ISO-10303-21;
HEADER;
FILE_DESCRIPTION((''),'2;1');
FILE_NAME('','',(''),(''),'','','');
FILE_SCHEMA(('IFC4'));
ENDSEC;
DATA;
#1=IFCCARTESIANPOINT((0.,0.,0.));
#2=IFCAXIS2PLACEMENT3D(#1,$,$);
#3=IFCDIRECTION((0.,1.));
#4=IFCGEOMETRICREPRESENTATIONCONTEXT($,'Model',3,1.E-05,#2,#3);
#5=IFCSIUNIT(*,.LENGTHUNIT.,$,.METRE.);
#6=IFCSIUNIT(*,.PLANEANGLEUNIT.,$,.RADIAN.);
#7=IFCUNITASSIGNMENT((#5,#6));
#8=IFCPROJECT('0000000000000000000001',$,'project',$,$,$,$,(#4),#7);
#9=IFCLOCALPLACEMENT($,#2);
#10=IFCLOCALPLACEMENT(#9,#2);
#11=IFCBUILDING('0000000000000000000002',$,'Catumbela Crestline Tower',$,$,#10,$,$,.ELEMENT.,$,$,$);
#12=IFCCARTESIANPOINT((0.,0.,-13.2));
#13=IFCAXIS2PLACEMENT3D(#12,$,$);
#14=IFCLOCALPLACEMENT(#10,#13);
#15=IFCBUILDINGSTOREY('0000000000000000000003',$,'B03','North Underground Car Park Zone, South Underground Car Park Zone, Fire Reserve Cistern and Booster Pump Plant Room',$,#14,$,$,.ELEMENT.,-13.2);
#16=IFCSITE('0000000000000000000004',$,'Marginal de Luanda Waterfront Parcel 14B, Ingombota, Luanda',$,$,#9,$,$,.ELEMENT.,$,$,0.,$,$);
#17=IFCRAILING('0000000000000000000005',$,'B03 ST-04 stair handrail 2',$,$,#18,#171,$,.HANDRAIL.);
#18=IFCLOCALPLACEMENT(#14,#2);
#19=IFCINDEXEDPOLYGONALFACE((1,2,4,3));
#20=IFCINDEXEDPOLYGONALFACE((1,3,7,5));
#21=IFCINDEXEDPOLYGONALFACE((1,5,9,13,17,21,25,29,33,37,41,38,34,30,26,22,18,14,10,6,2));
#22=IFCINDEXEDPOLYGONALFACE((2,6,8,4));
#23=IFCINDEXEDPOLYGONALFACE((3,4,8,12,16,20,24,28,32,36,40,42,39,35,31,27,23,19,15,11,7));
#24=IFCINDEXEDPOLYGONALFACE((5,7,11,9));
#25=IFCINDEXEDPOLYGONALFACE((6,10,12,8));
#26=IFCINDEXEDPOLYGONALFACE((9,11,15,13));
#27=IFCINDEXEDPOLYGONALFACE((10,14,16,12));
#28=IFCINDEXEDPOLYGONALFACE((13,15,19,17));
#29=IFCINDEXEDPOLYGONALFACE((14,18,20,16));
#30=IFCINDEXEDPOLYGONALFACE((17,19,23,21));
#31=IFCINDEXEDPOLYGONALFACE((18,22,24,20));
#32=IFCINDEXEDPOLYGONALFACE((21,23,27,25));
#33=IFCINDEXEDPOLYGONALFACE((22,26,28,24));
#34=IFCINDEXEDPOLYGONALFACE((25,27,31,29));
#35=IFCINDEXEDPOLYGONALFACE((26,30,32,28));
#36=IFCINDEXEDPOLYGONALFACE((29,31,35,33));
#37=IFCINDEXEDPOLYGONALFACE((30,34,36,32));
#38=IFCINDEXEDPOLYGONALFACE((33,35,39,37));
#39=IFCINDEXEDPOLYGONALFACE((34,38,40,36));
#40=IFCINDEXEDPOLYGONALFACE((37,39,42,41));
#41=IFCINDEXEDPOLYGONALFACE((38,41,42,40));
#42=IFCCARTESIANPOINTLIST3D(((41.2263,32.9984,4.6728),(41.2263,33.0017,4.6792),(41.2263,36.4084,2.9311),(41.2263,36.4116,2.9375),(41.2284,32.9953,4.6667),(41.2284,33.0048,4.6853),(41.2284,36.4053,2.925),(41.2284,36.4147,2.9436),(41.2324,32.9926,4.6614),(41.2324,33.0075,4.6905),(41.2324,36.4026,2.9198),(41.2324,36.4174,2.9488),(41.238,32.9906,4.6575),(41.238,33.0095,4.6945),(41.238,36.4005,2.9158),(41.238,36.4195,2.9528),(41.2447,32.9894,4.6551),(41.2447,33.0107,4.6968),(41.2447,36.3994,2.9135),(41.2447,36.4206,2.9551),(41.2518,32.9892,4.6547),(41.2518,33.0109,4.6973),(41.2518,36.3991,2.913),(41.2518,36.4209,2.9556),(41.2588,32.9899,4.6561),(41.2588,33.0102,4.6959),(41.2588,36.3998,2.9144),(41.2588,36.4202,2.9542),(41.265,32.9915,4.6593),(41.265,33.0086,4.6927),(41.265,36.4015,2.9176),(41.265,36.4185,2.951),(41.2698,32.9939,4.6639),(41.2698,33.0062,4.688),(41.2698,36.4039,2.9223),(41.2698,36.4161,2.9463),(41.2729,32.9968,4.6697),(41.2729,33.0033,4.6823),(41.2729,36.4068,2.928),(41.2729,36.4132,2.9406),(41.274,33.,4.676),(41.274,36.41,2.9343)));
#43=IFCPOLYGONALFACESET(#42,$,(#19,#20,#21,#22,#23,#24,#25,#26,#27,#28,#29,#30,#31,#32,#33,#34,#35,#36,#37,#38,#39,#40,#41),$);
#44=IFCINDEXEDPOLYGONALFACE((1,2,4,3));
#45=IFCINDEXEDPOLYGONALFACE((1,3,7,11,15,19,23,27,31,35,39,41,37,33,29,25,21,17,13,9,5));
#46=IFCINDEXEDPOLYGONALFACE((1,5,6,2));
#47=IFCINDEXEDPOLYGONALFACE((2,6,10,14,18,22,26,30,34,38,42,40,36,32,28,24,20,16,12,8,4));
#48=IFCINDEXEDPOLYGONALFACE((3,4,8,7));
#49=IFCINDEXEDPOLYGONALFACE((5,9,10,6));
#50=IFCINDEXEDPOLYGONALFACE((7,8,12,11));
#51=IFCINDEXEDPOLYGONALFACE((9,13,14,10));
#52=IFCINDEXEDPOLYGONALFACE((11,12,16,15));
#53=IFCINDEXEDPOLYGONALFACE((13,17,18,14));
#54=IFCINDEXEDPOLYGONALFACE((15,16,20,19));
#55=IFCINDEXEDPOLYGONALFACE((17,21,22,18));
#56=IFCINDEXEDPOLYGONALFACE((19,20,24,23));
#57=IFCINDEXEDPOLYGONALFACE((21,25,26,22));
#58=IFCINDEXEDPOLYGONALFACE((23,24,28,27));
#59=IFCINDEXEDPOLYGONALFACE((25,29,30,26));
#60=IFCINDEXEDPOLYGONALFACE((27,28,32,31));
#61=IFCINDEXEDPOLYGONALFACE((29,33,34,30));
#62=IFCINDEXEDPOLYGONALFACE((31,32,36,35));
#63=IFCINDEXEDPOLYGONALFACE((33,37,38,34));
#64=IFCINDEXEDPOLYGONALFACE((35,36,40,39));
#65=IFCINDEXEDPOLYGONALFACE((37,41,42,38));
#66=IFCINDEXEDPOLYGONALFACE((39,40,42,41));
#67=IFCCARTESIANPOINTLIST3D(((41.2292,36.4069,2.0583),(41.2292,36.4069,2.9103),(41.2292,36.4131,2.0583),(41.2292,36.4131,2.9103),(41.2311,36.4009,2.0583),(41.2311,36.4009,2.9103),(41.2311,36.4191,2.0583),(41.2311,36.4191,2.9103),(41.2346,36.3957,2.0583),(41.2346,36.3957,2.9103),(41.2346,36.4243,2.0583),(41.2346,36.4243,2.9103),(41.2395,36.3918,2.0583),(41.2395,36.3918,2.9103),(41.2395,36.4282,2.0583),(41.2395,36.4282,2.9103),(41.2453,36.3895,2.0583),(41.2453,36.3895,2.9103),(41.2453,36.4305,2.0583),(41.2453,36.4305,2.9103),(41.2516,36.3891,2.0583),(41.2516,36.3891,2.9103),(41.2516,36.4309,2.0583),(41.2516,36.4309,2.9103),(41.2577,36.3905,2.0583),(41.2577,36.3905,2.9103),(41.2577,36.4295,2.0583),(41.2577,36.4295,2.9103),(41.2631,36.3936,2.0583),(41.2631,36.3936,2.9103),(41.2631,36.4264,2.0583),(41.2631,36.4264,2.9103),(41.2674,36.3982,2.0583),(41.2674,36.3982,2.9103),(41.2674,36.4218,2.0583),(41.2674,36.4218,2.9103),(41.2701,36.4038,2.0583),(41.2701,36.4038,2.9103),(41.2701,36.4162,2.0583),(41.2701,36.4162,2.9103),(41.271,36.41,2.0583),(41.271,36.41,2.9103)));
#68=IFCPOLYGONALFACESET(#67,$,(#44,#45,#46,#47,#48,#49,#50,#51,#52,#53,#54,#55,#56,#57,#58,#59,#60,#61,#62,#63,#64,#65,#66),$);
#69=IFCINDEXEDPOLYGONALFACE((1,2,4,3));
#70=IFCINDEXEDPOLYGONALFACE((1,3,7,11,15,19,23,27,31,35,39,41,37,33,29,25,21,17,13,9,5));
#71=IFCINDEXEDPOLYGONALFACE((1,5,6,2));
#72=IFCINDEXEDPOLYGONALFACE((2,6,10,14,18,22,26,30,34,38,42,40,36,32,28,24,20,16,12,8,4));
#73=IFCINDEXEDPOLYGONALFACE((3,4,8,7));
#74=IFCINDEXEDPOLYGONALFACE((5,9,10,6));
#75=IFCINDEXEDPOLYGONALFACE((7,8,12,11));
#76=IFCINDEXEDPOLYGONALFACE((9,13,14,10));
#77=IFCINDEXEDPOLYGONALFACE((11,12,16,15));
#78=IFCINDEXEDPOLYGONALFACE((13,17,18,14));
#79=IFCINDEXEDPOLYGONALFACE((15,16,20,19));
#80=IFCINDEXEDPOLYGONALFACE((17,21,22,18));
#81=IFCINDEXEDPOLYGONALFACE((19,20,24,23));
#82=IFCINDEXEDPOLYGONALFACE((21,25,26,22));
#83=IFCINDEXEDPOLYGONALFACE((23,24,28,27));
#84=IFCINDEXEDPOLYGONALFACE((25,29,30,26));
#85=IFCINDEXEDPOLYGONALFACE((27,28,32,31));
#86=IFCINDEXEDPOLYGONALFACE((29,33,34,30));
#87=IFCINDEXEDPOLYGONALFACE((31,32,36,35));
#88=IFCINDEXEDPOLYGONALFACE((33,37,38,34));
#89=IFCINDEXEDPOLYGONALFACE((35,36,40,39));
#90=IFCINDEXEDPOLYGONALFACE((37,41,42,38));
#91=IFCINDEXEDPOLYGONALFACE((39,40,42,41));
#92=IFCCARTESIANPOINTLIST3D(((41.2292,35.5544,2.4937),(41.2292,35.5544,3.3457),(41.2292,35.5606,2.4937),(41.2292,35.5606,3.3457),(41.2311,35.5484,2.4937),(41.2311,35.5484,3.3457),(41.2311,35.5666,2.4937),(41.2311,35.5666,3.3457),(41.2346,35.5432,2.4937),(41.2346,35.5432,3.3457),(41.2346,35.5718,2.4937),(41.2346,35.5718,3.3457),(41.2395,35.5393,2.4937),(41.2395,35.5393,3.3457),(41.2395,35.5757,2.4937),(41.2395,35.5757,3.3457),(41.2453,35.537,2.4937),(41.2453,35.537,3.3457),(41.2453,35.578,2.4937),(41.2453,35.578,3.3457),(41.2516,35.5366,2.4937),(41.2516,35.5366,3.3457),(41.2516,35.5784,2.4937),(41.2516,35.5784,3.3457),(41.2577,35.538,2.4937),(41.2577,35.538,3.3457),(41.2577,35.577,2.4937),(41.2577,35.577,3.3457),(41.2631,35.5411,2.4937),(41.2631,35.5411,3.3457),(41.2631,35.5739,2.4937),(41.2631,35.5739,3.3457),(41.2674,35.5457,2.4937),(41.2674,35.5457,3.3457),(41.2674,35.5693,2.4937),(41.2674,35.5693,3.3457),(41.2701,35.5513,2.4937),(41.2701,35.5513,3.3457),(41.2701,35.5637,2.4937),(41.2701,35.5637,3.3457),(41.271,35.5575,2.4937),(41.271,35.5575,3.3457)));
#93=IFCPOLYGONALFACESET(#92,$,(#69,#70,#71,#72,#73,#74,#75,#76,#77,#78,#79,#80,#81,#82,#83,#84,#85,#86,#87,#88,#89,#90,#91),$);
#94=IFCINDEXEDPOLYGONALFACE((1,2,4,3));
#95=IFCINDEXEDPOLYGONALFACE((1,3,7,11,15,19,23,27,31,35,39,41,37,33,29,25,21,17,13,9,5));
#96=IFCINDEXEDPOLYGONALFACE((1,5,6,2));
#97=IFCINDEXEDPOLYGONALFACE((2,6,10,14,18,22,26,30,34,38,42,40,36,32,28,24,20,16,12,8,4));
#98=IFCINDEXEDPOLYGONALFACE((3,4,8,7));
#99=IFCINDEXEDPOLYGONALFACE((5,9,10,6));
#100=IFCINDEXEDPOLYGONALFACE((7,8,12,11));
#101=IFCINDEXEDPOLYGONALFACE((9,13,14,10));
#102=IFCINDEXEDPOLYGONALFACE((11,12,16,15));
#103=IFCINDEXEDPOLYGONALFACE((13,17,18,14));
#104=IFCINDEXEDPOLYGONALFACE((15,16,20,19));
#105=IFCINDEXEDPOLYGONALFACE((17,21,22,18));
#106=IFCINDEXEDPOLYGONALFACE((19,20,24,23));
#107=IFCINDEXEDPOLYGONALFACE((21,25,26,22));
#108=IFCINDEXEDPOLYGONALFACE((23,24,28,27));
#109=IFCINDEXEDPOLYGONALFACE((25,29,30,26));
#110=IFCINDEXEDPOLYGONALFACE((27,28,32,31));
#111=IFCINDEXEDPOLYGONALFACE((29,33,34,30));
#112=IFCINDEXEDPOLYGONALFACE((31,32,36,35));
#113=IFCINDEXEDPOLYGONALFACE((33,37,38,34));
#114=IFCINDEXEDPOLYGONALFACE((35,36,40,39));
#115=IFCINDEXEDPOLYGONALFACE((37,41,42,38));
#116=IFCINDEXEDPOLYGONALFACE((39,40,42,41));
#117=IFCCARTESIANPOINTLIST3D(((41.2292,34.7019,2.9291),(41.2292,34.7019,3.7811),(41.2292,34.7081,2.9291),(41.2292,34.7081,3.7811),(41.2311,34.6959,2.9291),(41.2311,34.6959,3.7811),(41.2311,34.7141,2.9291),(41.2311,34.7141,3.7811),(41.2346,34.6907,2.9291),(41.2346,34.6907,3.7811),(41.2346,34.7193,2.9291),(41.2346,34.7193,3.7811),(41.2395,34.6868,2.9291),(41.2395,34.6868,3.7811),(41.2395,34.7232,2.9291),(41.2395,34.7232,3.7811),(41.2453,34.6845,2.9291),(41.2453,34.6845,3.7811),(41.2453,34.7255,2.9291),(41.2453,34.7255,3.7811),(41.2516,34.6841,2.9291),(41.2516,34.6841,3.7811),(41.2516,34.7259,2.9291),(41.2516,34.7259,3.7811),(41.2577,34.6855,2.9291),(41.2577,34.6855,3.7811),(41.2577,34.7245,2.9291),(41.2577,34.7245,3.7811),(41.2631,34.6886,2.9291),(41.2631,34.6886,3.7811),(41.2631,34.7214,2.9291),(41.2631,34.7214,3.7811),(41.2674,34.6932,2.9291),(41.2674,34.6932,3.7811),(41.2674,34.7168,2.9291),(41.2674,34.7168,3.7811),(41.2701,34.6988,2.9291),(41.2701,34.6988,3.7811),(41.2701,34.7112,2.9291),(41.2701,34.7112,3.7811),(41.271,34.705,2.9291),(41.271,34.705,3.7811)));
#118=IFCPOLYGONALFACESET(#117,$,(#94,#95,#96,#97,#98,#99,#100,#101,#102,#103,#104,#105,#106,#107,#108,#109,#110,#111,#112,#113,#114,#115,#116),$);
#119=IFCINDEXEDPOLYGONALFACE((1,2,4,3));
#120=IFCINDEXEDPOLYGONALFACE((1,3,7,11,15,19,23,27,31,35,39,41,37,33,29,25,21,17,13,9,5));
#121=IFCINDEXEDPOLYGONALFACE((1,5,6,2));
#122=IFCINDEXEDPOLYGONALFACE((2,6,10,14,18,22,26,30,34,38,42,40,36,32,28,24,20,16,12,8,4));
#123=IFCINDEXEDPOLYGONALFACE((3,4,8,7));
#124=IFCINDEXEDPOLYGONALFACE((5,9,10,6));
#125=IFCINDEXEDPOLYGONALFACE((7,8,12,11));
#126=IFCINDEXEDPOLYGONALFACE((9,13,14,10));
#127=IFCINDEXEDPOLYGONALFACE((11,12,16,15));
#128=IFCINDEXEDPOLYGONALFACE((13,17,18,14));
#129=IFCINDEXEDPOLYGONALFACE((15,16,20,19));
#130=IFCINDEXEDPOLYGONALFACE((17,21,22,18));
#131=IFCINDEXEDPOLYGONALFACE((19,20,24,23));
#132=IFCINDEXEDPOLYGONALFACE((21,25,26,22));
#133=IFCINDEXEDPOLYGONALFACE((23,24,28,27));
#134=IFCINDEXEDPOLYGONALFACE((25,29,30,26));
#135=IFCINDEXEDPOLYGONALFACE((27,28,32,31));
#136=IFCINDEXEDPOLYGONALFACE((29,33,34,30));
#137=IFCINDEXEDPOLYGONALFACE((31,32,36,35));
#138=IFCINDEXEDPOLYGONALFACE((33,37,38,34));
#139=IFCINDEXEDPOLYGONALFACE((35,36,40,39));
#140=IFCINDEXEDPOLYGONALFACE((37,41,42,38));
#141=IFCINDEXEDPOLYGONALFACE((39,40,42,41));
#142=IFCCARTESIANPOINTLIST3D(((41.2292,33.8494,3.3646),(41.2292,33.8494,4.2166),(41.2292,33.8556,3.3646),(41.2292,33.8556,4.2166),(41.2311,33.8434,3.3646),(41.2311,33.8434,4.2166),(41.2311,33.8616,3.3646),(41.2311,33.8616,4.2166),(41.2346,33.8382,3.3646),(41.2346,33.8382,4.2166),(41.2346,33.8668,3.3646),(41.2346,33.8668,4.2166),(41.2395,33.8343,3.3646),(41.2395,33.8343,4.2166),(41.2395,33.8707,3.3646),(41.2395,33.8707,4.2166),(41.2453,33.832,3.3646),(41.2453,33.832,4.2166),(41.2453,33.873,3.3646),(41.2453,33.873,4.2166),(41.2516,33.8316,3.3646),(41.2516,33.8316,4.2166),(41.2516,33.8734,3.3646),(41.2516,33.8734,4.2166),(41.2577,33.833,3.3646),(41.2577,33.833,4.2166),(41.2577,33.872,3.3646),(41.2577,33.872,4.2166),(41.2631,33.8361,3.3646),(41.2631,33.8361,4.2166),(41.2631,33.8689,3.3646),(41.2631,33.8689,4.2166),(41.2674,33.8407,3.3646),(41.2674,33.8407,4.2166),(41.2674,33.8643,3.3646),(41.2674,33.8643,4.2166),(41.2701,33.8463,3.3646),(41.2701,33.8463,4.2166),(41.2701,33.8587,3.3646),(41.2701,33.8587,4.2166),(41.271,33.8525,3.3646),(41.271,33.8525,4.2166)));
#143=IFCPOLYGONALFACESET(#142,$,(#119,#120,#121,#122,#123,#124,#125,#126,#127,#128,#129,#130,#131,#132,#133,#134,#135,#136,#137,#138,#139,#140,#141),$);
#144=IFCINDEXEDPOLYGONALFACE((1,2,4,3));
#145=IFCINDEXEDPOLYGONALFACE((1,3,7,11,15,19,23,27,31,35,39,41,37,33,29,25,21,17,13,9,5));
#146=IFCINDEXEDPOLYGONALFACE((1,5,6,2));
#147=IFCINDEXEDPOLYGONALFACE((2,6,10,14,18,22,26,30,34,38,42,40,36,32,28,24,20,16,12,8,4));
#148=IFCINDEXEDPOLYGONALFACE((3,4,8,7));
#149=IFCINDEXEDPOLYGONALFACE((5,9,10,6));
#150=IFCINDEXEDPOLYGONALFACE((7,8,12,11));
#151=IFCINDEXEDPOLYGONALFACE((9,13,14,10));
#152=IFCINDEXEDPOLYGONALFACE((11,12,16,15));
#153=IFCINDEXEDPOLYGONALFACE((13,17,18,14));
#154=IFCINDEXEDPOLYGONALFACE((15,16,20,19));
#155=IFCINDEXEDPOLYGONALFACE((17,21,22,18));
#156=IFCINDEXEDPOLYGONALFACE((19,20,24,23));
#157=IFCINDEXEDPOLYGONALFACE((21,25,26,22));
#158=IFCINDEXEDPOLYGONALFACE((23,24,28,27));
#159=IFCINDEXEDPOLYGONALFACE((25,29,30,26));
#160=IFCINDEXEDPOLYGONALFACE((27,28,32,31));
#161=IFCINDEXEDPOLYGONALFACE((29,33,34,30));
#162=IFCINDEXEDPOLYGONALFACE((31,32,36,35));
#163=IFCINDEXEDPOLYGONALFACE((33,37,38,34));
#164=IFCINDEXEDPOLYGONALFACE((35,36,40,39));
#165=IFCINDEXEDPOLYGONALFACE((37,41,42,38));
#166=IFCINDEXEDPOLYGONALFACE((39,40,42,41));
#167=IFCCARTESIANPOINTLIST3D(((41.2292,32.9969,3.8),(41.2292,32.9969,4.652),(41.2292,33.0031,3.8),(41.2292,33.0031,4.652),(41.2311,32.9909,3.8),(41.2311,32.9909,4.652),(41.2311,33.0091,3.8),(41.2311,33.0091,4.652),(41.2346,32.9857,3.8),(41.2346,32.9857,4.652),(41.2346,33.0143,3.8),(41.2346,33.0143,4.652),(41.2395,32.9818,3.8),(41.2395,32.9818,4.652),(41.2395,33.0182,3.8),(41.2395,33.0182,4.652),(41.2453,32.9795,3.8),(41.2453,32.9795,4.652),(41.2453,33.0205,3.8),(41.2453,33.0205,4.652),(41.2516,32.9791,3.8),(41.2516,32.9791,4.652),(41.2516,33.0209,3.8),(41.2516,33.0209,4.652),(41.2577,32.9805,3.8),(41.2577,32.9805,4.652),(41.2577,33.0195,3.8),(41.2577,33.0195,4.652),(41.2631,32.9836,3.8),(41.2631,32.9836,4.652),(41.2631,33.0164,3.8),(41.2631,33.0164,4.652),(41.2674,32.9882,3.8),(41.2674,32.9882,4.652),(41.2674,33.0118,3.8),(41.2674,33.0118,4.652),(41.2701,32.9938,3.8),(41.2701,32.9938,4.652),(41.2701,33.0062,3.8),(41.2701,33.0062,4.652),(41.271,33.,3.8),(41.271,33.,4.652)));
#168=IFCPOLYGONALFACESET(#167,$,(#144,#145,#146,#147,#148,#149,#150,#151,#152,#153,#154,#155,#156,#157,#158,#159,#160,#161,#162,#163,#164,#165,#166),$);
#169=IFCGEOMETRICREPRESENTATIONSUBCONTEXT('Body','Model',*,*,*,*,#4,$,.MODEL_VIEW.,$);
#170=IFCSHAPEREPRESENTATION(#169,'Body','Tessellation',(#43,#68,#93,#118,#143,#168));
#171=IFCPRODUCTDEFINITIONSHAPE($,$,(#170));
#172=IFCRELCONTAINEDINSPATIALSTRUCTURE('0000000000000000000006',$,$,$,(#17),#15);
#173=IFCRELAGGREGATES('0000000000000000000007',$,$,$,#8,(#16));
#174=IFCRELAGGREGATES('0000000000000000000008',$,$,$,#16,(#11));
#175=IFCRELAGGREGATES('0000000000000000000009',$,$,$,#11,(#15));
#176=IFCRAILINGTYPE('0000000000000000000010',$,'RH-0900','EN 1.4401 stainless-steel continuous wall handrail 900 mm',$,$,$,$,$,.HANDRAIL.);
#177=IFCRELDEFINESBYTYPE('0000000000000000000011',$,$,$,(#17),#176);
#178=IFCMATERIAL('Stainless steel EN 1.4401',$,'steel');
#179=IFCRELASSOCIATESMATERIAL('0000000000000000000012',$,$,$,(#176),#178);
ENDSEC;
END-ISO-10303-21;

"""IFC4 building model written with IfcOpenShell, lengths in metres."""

from ifc_helpers import new_model, si_unit, direction, frame, origin, origin_2d, place, context, subcontext, project, spatial, circle, extrude, material, type_object, element, save


model = new_model("IFC4")

# Units and contexts
model_context = context("Model", 3, precision=1e-05, world=origin(), true_north=direction((0.0, 1.0)))
body_context = subcontext(model_context, "Body", "Model", "MODEL_VIEW")
ifc_project = project(units=[si_unit("LENGTHUNIT", "METRE"), si_unit("PLANEANGLEUNIT", "RADIAN")], contexts=[model_context])

# Site, building, storey
site_placement = place(None, origin())
site = spatial("IfcSite", under=ifc_project, at=site_placement, Name="Marginal de Luanda Waterfront Parcel 14B, Ingombota, Luanda", CompositionType="ELEMENT", RefElevation=0.0)
building_placement = place(site_placement, origin())
building = spatial("IfcBuilding", under=site, at=building_placement, Name="Catumbela Crestline Tower", CompositionType="ELEMENT")
storey_placement = place(building_placement, frame((0.0, 0.0, -13.2)))
storey = spatial("IfcBuildingStorey", under=building, at=storey_placement, Name="B03", Description="North Underground Car Park Zone, South Underground Car Park Zone, Fire Reserve Cistern and Booster Pump Plant Room", CompositionType="ELEMENT", Elevation=-13.2)

# Shared definitions
ifc_material_1 = material(Name="Stainless steel EN 1.4401", Category="steel")

# Railing
railing_type_1 = type_object("IfcRailingType", Name="RH-0900", Description="EN 1.4401 stainless-steel continuous wall handrail 900 mm", PredefinedType="HANDRAIL", material=ifc_material_1)
railing_1_placement = place(storey_placement, frame((41.25, 36.41, 2.0583)))
element("IfcRailing", 1, at=railing_1_placement, inside=storey, type_object=railing_type_1, Name="B03 ST-04 stair handrail 2", PredefinedType="HANDRAIL", context=body_context, shape_type="SweptSolid", body=[
    extrude(circle(Radius=0.024, at=origin_2d()), frame((0.0, 0.0, 0.876), z_axis=(0.0, -0.89056, 0.454865), x_axis=(1.0, 0.0, 0.0)), (0.0, 0.0, 1.0), 3.829),
    extrude(circle(Radius=0.021, at=origin_2d()), origin(), (0.0, 0.0, 1.0), 0.852),
    extrude(circle(Radius=0.021, at=origin_2d()), frame((0.0, -0.8525, 0.4354)), (0.0, 0.0, 1.0), 0.852),
    extrude(circle(Radius=0.021, at=origin_2d()), frame((0.0, -1.705, 0.8708)), (0.0, 0.0, 1.0), 0.852),
    extrude(circle(Radius=0.021, at=origin_2d()), frame((0.0, -2.5575, 1.3063)), (0.0, 0.0, 1.0), 0.852),
    extrude(circle(Radius=0.021, at=origin_2d()), frame((0.0, -3.41, 1.7417)), (0.0, 0.0, 1.0), 0.852),
])

save(model, "model.ifc")
